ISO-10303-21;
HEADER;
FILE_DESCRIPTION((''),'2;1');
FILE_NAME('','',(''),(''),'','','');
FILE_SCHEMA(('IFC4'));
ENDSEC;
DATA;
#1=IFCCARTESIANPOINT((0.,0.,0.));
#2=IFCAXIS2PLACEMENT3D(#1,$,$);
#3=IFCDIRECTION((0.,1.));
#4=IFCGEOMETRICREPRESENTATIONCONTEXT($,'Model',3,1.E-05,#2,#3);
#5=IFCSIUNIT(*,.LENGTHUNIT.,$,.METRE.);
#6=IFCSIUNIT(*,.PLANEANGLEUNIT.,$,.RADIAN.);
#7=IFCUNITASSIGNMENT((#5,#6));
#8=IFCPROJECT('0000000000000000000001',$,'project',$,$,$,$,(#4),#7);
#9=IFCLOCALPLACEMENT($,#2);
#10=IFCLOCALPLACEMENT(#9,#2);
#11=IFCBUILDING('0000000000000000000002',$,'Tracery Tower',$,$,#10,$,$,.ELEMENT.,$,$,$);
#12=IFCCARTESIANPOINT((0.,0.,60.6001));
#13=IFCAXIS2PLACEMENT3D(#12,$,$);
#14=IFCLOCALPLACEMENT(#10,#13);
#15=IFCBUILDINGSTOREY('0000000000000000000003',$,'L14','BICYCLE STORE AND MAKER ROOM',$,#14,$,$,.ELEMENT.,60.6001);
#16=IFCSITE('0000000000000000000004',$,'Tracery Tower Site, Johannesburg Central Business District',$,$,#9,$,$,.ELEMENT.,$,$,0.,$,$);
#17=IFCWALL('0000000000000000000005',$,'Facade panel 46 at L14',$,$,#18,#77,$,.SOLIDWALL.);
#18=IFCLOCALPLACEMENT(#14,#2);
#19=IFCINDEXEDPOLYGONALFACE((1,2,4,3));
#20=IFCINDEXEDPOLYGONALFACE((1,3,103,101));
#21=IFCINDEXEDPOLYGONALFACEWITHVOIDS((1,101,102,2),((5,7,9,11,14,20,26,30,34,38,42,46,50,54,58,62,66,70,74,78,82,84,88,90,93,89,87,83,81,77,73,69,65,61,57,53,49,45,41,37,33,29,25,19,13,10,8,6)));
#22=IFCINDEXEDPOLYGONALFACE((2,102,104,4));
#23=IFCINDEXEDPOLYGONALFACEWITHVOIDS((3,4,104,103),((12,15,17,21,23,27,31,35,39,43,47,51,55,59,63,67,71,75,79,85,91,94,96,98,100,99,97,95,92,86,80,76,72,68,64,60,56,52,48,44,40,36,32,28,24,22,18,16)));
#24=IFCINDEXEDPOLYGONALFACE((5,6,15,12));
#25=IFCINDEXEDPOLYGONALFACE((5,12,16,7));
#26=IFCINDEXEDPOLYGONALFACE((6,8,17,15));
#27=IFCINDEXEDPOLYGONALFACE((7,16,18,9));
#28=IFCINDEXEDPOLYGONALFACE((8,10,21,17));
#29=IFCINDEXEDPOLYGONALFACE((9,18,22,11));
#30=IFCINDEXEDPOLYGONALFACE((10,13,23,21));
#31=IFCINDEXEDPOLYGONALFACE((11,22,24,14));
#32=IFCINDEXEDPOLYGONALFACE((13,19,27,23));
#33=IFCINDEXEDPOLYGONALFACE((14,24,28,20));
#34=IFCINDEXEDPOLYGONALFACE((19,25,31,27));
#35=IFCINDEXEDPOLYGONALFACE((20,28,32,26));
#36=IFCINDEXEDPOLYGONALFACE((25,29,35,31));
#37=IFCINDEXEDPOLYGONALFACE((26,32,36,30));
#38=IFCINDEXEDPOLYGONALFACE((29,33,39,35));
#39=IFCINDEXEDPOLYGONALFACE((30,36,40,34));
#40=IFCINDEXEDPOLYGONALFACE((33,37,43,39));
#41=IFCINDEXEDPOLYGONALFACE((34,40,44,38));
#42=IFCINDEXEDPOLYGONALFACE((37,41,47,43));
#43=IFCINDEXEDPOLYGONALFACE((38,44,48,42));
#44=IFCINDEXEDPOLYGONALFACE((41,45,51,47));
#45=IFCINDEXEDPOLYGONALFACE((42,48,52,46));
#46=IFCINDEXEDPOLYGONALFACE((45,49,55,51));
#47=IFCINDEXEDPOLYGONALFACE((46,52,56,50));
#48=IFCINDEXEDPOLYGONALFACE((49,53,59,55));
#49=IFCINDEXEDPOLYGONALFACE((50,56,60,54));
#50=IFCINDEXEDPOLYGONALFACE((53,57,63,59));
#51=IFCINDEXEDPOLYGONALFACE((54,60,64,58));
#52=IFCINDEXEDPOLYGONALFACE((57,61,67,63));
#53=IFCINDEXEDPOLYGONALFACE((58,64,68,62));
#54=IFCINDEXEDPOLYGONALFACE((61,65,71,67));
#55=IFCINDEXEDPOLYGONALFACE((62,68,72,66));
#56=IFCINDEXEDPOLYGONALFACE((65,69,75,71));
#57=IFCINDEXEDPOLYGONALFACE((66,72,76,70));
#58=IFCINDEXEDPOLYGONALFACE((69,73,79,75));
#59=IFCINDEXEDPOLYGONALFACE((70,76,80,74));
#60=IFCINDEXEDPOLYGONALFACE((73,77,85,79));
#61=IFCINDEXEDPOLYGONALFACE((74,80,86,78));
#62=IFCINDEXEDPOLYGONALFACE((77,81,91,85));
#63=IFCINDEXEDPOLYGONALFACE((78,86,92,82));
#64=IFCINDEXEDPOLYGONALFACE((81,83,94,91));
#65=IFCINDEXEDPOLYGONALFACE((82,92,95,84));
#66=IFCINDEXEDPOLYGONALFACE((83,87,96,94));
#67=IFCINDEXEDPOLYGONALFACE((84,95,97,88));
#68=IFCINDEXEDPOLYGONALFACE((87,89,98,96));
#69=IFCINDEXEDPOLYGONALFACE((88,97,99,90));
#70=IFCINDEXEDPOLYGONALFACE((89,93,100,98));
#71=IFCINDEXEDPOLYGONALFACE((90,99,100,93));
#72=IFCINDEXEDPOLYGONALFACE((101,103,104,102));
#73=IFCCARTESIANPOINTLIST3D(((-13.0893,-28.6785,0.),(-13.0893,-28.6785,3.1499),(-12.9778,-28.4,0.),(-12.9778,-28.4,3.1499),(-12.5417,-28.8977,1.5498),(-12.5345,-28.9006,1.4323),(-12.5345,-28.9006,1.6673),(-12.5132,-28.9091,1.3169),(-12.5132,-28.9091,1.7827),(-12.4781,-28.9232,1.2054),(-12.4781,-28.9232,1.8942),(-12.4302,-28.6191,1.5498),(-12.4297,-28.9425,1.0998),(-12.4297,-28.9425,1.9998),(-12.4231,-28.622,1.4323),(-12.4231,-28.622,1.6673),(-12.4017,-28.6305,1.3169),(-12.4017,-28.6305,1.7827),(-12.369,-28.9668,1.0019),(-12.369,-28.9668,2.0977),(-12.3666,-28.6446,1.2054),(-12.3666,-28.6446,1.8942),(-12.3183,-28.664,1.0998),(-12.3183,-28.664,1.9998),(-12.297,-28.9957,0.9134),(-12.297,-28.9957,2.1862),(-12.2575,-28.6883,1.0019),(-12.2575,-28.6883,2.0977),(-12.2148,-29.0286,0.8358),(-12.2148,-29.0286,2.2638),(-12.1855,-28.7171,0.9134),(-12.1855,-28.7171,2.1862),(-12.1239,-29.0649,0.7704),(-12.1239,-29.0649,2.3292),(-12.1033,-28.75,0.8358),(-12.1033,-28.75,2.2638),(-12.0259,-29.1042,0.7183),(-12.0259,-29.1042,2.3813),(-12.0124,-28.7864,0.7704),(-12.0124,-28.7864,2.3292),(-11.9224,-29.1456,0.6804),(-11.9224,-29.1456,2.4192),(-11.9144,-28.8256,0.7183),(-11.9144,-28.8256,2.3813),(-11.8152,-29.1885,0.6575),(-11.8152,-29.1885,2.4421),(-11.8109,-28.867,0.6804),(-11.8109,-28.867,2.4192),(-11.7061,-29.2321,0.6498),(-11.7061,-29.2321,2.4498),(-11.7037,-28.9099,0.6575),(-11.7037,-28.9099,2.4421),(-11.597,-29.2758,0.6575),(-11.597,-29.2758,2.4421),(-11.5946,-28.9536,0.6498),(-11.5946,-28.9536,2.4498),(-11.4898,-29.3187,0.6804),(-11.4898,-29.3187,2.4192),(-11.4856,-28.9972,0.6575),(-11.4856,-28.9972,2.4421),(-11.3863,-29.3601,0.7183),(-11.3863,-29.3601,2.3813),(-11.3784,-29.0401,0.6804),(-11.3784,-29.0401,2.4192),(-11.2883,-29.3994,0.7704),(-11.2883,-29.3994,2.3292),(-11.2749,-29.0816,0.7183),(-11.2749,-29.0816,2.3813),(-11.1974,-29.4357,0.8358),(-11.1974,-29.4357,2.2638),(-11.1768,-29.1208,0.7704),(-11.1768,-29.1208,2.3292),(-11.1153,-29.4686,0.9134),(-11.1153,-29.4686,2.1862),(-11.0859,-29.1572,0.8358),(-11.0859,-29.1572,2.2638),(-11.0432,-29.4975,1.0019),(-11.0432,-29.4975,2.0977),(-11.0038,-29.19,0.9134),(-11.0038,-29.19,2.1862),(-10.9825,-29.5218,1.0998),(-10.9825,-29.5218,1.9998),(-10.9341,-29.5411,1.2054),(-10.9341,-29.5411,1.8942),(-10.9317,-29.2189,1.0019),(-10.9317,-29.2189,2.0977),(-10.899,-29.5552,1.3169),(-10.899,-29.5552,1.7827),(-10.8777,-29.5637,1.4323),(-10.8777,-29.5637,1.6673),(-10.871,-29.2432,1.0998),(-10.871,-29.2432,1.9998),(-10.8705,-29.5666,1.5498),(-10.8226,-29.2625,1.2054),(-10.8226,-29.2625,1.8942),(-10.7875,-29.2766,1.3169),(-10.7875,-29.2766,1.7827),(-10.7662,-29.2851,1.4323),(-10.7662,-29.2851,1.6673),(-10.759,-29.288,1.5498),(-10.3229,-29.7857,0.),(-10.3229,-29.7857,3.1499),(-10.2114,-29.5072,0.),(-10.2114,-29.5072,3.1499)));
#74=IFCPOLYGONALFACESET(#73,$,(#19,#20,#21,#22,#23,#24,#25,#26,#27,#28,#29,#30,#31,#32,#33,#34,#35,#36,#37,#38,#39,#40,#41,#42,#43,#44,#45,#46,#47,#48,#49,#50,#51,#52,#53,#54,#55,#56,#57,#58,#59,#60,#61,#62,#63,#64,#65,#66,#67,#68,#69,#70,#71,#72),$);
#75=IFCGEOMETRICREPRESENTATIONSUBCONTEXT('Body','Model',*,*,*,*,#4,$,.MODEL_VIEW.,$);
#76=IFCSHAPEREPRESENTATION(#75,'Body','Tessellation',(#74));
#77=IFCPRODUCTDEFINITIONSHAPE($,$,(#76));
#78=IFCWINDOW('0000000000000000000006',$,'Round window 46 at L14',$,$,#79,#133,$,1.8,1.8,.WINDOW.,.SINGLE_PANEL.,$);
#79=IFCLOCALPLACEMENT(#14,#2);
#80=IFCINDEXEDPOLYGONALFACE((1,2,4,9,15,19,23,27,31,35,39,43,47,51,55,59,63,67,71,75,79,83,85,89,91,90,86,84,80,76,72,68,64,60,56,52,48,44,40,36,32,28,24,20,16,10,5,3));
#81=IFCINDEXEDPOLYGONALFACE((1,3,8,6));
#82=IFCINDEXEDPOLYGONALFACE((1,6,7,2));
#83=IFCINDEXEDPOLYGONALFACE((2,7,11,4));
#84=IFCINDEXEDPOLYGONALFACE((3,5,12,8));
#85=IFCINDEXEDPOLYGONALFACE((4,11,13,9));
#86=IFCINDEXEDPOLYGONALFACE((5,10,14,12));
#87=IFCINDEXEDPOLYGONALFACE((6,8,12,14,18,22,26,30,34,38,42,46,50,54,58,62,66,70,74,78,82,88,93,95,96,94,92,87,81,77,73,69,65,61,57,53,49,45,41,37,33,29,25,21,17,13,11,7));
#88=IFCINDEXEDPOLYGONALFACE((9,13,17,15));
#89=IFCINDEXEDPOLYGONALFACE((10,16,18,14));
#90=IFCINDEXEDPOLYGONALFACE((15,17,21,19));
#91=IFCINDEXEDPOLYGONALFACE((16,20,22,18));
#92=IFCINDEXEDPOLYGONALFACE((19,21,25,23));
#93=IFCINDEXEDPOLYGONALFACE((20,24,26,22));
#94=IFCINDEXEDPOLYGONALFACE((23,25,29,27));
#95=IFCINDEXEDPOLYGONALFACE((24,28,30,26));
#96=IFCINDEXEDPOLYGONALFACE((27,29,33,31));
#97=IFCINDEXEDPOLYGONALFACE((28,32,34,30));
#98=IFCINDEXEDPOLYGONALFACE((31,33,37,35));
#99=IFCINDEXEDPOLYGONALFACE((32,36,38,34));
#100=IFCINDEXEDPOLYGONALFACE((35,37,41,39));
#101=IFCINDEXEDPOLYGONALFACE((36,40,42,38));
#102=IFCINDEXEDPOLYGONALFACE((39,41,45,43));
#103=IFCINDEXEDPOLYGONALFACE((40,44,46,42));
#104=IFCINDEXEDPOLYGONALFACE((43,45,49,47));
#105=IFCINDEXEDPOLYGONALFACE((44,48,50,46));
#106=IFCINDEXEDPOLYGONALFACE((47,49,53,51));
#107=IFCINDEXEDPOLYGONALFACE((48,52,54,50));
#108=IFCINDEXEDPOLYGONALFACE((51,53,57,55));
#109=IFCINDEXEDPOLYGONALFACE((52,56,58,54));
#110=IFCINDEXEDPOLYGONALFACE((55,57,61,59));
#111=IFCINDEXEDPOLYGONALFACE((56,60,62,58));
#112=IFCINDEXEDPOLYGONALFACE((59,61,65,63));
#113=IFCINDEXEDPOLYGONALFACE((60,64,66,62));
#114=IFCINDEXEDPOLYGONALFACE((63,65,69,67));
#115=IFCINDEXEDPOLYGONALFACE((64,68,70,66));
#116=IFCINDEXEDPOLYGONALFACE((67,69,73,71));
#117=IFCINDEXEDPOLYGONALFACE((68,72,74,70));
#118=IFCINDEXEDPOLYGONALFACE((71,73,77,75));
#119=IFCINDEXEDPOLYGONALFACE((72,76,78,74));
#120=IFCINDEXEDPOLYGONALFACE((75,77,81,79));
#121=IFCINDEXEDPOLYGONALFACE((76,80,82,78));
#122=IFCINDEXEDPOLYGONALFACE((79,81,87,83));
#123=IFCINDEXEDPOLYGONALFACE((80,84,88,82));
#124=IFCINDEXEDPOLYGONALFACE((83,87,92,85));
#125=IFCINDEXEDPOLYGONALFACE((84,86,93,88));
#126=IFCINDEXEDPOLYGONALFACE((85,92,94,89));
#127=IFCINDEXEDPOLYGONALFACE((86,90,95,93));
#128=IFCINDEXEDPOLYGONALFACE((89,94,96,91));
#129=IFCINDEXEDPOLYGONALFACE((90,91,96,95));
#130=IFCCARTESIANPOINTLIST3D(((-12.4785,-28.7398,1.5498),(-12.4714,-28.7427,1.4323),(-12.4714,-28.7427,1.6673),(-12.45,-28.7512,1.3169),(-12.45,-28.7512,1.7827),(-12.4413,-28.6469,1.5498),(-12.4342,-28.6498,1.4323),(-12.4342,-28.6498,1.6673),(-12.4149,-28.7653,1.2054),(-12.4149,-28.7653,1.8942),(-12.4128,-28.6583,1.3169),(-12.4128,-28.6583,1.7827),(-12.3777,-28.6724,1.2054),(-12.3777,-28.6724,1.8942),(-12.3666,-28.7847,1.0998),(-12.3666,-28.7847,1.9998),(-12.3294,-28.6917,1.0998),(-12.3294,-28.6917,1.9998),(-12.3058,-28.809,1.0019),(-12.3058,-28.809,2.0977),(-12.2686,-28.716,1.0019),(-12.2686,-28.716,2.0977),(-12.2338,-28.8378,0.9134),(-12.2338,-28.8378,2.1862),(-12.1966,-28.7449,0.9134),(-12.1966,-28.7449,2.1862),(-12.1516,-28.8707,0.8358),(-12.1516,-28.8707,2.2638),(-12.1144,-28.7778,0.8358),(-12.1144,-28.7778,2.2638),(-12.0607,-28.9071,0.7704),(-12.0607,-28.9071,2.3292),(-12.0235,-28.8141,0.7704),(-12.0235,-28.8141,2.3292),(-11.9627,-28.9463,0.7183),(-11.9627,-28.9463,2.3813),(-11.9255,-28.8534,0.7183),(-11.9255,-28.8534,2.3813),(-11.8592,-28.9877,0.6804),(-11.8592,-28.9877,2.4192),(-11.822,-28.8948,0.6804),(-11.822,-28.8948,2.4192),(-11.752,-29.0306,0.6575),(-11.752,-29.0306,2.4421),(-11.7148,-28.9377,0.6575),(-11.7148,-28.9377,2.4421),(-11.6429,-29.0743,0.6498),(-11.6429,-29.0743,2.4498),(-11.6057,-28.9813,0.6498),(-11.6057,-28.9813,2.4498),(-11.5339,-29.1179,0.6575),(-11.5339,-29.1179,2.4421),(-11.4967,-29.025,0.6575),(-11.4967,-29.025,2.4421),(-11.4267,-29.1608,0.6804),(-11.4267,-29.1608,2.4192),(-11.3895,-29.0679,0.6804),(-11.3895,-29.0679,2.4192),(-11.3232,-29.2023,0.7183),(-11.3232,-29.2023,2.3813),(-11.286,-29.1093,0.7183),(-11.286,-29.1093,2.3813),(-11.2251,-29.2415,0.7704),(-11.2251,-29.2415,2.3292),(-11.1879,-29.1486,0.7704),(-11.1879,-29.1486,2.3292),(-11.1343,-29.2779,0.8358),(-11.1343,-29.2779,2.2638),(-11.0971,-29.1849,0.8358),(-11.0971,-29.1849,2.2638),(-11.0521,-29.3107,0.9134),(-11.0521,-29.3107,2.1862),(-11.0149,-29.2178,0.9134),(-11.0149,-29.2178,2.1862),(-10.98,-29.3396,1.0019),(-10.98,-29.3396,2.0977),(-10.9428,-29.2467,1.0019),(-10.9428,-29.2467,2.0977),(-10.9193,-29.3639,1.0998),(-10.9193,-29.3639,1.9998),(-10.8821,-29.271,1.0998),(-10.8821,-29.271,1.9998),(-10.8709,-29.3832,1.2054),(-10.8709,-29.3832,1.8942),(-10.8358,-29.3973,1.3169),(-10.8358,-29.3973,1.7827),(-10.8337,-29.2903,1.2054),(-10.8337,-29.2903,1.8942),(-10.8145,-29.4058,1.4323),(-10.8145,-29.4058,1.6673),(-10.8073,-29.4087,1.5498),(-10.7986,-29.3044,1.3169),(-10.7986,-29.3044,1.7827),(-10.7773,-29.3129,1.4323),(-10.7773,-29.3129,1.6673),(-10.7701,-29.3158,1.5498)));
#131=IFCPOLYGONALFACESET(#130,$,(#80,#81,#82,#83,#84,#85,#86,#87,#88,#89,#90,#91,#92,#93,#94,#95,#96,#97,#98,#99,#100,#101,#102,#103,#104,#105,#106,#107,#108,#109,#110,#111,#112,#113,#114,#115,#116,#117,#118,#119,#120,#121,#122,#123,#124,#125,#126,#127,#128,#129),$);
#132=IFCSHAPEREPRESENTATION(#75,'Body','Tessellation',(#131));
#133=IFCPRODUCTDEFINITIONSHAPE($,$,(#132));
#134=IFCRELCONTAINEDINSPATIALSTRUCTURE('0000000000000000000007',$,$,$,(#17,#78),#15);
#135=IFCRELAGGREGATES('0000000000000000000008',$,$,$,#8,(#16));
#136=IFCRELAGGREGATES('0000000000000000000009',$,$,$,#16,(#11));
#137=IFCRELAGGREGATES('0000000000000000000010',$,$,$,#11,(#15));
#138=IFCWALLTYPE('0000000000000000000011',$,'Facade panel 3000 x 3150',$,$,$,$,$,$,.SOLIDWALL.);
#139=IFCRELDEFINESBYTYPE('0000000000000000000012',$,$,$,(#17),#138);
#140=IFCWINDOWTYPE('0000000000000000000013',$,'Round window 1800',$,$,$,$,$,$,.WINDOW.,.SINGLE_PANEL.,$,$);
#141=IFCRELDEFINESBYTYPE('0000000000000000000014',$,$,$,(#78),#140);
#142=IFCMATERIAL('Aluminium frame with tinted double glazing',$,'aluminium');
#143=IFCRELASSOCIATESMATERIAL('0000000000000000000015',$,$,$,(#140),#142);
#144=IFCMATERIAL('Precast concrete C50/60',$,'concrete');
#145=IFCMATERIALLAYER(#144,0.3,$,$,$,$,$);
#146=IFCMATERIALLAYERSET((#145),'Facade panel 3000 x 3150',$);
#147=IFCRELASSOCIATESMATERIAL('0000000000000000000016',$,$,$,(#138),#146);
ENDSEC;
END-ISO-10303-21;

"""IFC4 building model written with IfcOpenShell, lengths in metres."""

from ifc_helpers import new_model, si_unit, direction, frame, frame_2d, origin, origin_2d, place, context, subcontext, project, spatial, rectangle, circle, extrude, material, layer, layer_set, type_object, element, fill, save


model = new_model("IFC4")

# Units and contexts
model_context = context("Model", 3, precision=1e-05, world=origin(), true_north=direction((0.0, 1.0)))
body_context = subcontext(model_context, "Body", "Model", "MODEL_VIEW")
ifc_project = project(units=[si_unit("LENGTHUNIT", "METRE"), si_unit("PLANEANGLEUNIT", "RADIAN")], contexts=[model_context])

# Site, building, storey
site_placement = place(None, origin())
site = spatial("IfcSite", under=ifc_project, at=site_placement, Name="Tracery Tower Site, Johannesburg Central Business District", CompositionType="ELEMENT", RefElevation=0.0)
building_placement = place(site_placement, origin())
building = spatial("IfcBuilding", under=site, at=building_placement, Name="Tracery Tower", CompositionType="ELEMENT")
storey_placement = place(building_placement, frame((0.0, 0.0, 60.6001)))
storey = spatial("IfcBuildingStorey", under=building, at=storey_placement, Name="L14", Description="BICYCLE STORE AND MAKER ROOM", CompositionType="ELEMENT", Elevation=60.6001)

# Wall, opening, window
ifc_material_1 = material(Name="Aluminium frame with tinted double glazing", Category="aluminium")
window_type = type_object("IfcWindowType", Name="Round window 1800", PartitioningType="SINGLE_PANEL", PredefinedType="WINDOW", material=ifc_material_1)
ifc_material_2 = material(Name="Precast concrete C50/60", Category="concrete")
ifc_layer_1 = layer(ifc_material_2, 0.3)
ifc_layer_set_1 = layer_set([ifc_layer_1], Name="Facade panel 3000 x 3150")
wall_type_1 = type_object("IfcWallType", Name="Facade panel 3000 x 3150", PredefinedType="SOLIDWALL", material=ifc_layer_set_1)
wall_1_placement = place(storey_placement, frame((-13.0334, -28.5393, 0.0), z_axis=(0.0, 0.0, 1.0), x_axis=(0.928403, -0.371574, 0.0)))
wall_1 = element("IfcWall", 1, at=wall_1_placement, inside=storey, type_object=wall_type_1, Name="Facade panel 46 at L14", PredefinedType="SOLIDWALL", context=body_context, shape_type="SweptSolid", body=[
    extrude(rectangle(XDim=2.9797, YDim=0.3, at=frame_2d((1.4897, 0.0))), origin(), (0.0, 0.0, 1.0), 3.1499),
])
opening_1_placement = place(wall_1_placement, frame((1.4897, 0.0, 1.5498)))
opening_1 = element("IfcOpeningElement", 2, at=opening_1_placement, cuts=wall_1, PredefinedType="OPENING", context=body_context, shape_type="SweptSolid", body=[
    extrude(circle(Radius=0.9, at=origin_2d()), frame((0.0, 0.1599, 0.0), z_axis=(0.0, -1.0, 0.0), x_axis=(1.0, 0.0, 0.0)), (0.0, 0.0, 1.0), 0.3201),
])
window_1_placement = place(opening_1_placement, origin())
window_1 = element("IfcWindow", 3, at=window_1_placement, inside=storey, type_object=window_type, Name="Round window 46 at L14", OverallHeight=1.8, OverallWidth=1.8, PartitioningType="SINGLE_PANEL", PredefinedType="WINDOW", context=body_context, shape_type="SweptSolid", body=[
    extrude(circle(Radius=0.9, at=origin_2d()), frame((0.0, 0.1201, 0.0), z_axis=(0.0, -1.0, 0.0), x_axis=(1.0, 0.0, 0.0)), (0.0, 0.0, 1.0), 0.1001),
])
fill(opening_1, window_1)

save(model, "model.ifc")
